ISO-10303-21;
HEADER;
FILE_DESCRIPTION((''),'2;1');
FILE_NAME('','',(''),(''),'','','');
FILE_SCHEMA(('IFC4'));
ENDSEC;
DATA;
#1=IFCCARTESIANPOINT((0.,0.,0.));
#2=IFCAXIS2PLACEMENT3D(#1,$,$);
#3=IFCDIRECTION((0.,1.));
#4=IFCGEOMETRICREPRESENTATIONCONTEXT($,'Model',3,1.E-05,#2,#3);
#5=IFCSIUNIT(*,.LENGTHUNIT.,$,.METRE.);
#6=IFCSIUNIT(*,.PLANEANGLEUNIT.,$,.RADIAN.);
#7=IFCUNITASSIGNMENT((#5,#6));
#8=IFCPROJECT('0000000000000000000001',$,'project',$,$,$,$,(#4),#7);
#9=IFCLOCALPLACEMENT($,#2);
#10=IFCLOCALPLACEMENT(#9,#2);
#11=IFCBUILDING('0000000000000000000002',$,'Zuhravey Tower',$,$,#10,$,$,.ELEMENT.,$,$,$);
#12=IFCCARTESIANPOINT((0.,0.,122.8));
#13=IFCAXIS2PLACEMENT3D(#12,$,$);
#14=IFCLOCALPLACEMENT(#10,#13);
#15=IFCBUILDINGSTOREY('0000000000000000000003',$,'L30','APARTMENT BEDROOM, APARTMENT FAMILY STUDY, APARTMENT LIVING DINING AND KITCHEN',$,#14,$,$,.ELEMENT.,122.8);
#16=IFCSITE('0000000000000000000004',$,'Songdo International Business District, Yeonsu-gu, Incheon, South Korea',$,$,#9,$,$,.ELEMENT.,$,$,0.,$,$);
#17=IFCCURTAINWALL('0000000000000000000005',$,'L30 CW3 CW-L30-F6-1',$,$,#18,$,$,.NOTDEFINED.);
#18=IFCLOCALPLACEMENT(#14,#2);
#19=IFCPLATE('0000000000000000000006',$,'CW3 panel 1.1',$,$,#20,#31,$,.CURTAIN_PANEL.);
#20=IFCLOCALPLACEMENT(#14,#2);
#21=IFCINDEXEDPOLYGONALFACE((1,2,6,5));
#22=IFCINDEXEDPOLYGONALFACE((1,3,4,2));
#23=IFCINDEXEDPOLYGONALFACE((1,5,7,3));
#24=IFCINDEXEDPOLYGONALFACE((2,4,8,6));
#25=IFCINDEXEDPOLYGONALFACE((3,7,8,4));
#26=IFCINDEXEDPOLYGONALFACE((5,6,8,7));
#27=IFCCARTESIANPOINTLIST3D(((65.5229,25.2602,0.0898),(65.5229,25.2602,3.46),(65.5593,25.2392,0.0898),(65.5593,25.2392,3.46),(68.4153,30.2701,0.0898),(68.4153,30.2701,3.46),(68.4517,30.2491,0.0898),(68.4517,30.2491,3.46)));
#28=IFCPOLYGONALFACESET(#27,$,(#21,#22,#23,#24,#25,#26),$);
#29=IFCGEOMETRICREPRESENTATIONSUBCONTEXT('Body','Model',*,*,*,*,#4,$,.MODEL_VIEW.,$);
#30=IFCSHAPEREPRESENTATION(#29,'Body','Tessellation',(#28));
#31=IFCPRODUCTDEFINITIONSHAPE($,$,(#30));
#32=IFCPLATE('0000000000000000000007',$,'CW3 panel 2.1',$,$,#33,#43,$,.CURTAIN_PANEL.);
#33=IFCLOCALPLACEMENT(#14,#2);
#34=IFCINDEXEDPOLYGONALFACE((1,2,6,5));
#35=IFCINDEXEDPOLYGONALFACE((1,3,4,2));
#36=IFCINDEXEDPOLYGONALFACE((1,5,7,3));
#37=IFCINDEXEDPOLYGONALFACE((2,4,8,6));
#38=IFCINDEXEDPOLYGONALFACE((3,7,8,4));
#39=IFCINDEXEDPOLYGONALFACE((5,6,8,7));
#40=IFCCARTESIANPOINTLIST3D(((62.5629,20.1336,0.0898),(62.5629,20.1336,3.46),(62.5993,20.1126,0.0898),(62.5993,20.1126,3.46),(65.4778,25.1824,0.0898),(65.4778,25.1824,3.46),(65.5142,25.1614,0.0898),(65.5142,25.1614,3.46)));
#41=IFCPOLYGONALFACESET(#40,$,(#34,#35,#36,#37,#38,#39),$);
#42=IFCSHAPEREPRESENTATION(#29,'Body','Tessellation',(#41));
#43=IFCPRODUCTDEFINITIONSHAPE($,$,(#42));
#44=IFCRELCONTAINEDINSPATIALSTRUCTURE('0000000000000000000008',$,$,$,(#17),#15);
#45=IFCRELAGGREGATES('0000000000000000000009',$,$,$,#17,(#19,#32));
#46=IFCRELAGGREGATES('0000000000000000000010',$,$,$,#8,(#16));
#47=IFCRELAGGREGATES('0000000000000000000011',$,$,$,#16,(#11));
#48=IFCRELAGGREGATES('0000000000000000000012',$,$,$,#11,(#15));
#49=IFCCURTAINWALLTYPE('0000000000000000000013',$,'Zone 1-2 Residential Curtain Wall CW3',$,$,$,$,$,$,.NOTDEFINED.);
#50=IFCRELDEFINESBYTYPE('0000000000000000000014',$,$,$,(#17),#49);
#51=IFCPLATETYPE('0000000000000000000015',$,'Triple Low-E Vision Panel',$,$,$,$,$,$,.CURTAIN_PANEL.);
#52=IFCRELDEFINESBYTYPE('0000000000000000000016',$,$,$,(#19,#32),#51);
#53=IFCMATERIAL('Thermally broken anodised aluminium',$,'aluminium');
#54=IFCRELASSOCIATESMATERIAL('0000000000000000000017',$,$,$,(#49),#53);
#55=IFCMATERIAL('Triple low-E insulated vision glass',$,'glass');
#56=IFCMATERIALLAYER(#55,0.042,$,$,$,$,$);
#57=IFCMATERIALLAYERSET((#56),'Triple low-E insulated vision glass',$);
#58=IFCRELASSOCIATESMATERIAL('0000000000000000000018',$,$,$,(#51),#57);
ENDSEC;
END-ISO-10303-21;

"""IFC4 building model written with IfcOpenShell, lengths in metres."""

from ifc_helpers import new_model, si_unit, direction, frame, origin, origin_2d, place, context, subcontext, project, spatial, rectangle, extrude, material, layer, layer_set, type_object, element, aggregate, save


model = new_model("IFC4")

# Units and contexts
model_context = context("Model", 3, precision=1e-05, world=origin(), true_north=direction((0.0, 1.0)))
body_context = subcontext(model_context, "Body", "Model", "MODEL_VIEW")
ifc_project = project(units=[si_unit("LENGTHUNIT", "METRE"), si_unit("PLANEANGLEUNIT", "RADIAN")], contexts=[model_context])

# Site, building, storey
site_placement = place(None, origin())
site = spatial("IfcSite", under=ifc_project, at=site_placement, Name="Songdo International Business District, Yeonsu-gu, Incheon, South Korea", CompositionType="ELEMENT", RefElevation=0.0)
building_placement = place(site_placement, origin())
building = spatial("IfcBuilding", under=site, at=building_placement, Name="Zuhravey Tower", CompositionType="ELEMENT")
storey_placement = place(building_placement, frame((0.0, 0.0, 122.8)))
storey = spatial("IfcBuildingStorey", under=building, at=storey_placement, Name="L30", Description="APARTMENT BEDROOM, APARTMENT FAMILY STUDY, APARTMENT LIVING DINING AND KITCHEN", CompositionType="ELEMENT", Elevation=122.8)

# Curtain wall
ifc_material_1 = material(Name="Thermally broken anodised aluminium", Category="aluminium")
curtain_wall_type = type_object("IfcCurtainWallType", Name="Zone 1-2 Residential Curtain Wall CW3", PredefinedType="NOTDEFINED", material=ifc_material_1)
curtain_wall_placement = place(storey_placement, origin())
curtain_wall = element("IfcCurtainWall", 1, at=curtain_wall_placement, inside=storey, type_object=curtain_wall_type, Name="L30 CW3 CW-L30-F6-1", PredefinedType="NOTDEFINED")

# Plates
ifc_material_2 = material(Name="Triple low-E insulated vision glass", Category="glass")
ifc_layer_1 = layer(ifc_material_2, 0.042)
ifc_layer_set_1 = layer_set([ifc_layer_1], Name="Triple low-E insulated vision glass")
plate_type_1 = type_object("IfcPlateType", Name="Triple Low-E Vision Panel", PredefinedType="CURTAIN_PANEL", material=ifc_layer_set_1)
plate_1_placement = place(storey_placement, frame((66.9873, 27.7546, 0.0898), z_axis=(0.0, 0.0, 1.0), x_axis=(-0.5, -0.866026, 0.0)))
plate_1 = element("IfcPlate", 2, at=plate_1_placement, type_object=plate_type_1, Name="CW3 panel 1.1", PredefinedType="CURTAIN_PANEL", context=body_context, shape_type="SweptSolid", body=[
    extrude(rectangle(XDim=5.7849, YDim=0.042, at=origin_2d()), origin(), (0.0, 0.0, 1.0), 3.3701),
])
plate_2_placement = place(storey_placement, frame((64.0386, 22.6475, 0.0898), z_axis=(0.0, 0.0, 1.0), x_axis=(-0.5, -0.866026, 0.0)))
plate_2 = element("IfcPlate", 3, at=plate_2_placement, type_object=plate_type_1, Name="CW3 panel 2.1", PredefinedType="CURTAIN_PANEL", context=body_context, shape_type="SweptSolid", body=[
    extrude(rectangle(XDim=5.8298, YDim=0.042, at=origin_2d()), origin(), (0.0, 0.0, 1.0), 3.3701),
])
aggregate(curtain_wall, [plate_1, plate_2])

save(model, "model.ifc")
